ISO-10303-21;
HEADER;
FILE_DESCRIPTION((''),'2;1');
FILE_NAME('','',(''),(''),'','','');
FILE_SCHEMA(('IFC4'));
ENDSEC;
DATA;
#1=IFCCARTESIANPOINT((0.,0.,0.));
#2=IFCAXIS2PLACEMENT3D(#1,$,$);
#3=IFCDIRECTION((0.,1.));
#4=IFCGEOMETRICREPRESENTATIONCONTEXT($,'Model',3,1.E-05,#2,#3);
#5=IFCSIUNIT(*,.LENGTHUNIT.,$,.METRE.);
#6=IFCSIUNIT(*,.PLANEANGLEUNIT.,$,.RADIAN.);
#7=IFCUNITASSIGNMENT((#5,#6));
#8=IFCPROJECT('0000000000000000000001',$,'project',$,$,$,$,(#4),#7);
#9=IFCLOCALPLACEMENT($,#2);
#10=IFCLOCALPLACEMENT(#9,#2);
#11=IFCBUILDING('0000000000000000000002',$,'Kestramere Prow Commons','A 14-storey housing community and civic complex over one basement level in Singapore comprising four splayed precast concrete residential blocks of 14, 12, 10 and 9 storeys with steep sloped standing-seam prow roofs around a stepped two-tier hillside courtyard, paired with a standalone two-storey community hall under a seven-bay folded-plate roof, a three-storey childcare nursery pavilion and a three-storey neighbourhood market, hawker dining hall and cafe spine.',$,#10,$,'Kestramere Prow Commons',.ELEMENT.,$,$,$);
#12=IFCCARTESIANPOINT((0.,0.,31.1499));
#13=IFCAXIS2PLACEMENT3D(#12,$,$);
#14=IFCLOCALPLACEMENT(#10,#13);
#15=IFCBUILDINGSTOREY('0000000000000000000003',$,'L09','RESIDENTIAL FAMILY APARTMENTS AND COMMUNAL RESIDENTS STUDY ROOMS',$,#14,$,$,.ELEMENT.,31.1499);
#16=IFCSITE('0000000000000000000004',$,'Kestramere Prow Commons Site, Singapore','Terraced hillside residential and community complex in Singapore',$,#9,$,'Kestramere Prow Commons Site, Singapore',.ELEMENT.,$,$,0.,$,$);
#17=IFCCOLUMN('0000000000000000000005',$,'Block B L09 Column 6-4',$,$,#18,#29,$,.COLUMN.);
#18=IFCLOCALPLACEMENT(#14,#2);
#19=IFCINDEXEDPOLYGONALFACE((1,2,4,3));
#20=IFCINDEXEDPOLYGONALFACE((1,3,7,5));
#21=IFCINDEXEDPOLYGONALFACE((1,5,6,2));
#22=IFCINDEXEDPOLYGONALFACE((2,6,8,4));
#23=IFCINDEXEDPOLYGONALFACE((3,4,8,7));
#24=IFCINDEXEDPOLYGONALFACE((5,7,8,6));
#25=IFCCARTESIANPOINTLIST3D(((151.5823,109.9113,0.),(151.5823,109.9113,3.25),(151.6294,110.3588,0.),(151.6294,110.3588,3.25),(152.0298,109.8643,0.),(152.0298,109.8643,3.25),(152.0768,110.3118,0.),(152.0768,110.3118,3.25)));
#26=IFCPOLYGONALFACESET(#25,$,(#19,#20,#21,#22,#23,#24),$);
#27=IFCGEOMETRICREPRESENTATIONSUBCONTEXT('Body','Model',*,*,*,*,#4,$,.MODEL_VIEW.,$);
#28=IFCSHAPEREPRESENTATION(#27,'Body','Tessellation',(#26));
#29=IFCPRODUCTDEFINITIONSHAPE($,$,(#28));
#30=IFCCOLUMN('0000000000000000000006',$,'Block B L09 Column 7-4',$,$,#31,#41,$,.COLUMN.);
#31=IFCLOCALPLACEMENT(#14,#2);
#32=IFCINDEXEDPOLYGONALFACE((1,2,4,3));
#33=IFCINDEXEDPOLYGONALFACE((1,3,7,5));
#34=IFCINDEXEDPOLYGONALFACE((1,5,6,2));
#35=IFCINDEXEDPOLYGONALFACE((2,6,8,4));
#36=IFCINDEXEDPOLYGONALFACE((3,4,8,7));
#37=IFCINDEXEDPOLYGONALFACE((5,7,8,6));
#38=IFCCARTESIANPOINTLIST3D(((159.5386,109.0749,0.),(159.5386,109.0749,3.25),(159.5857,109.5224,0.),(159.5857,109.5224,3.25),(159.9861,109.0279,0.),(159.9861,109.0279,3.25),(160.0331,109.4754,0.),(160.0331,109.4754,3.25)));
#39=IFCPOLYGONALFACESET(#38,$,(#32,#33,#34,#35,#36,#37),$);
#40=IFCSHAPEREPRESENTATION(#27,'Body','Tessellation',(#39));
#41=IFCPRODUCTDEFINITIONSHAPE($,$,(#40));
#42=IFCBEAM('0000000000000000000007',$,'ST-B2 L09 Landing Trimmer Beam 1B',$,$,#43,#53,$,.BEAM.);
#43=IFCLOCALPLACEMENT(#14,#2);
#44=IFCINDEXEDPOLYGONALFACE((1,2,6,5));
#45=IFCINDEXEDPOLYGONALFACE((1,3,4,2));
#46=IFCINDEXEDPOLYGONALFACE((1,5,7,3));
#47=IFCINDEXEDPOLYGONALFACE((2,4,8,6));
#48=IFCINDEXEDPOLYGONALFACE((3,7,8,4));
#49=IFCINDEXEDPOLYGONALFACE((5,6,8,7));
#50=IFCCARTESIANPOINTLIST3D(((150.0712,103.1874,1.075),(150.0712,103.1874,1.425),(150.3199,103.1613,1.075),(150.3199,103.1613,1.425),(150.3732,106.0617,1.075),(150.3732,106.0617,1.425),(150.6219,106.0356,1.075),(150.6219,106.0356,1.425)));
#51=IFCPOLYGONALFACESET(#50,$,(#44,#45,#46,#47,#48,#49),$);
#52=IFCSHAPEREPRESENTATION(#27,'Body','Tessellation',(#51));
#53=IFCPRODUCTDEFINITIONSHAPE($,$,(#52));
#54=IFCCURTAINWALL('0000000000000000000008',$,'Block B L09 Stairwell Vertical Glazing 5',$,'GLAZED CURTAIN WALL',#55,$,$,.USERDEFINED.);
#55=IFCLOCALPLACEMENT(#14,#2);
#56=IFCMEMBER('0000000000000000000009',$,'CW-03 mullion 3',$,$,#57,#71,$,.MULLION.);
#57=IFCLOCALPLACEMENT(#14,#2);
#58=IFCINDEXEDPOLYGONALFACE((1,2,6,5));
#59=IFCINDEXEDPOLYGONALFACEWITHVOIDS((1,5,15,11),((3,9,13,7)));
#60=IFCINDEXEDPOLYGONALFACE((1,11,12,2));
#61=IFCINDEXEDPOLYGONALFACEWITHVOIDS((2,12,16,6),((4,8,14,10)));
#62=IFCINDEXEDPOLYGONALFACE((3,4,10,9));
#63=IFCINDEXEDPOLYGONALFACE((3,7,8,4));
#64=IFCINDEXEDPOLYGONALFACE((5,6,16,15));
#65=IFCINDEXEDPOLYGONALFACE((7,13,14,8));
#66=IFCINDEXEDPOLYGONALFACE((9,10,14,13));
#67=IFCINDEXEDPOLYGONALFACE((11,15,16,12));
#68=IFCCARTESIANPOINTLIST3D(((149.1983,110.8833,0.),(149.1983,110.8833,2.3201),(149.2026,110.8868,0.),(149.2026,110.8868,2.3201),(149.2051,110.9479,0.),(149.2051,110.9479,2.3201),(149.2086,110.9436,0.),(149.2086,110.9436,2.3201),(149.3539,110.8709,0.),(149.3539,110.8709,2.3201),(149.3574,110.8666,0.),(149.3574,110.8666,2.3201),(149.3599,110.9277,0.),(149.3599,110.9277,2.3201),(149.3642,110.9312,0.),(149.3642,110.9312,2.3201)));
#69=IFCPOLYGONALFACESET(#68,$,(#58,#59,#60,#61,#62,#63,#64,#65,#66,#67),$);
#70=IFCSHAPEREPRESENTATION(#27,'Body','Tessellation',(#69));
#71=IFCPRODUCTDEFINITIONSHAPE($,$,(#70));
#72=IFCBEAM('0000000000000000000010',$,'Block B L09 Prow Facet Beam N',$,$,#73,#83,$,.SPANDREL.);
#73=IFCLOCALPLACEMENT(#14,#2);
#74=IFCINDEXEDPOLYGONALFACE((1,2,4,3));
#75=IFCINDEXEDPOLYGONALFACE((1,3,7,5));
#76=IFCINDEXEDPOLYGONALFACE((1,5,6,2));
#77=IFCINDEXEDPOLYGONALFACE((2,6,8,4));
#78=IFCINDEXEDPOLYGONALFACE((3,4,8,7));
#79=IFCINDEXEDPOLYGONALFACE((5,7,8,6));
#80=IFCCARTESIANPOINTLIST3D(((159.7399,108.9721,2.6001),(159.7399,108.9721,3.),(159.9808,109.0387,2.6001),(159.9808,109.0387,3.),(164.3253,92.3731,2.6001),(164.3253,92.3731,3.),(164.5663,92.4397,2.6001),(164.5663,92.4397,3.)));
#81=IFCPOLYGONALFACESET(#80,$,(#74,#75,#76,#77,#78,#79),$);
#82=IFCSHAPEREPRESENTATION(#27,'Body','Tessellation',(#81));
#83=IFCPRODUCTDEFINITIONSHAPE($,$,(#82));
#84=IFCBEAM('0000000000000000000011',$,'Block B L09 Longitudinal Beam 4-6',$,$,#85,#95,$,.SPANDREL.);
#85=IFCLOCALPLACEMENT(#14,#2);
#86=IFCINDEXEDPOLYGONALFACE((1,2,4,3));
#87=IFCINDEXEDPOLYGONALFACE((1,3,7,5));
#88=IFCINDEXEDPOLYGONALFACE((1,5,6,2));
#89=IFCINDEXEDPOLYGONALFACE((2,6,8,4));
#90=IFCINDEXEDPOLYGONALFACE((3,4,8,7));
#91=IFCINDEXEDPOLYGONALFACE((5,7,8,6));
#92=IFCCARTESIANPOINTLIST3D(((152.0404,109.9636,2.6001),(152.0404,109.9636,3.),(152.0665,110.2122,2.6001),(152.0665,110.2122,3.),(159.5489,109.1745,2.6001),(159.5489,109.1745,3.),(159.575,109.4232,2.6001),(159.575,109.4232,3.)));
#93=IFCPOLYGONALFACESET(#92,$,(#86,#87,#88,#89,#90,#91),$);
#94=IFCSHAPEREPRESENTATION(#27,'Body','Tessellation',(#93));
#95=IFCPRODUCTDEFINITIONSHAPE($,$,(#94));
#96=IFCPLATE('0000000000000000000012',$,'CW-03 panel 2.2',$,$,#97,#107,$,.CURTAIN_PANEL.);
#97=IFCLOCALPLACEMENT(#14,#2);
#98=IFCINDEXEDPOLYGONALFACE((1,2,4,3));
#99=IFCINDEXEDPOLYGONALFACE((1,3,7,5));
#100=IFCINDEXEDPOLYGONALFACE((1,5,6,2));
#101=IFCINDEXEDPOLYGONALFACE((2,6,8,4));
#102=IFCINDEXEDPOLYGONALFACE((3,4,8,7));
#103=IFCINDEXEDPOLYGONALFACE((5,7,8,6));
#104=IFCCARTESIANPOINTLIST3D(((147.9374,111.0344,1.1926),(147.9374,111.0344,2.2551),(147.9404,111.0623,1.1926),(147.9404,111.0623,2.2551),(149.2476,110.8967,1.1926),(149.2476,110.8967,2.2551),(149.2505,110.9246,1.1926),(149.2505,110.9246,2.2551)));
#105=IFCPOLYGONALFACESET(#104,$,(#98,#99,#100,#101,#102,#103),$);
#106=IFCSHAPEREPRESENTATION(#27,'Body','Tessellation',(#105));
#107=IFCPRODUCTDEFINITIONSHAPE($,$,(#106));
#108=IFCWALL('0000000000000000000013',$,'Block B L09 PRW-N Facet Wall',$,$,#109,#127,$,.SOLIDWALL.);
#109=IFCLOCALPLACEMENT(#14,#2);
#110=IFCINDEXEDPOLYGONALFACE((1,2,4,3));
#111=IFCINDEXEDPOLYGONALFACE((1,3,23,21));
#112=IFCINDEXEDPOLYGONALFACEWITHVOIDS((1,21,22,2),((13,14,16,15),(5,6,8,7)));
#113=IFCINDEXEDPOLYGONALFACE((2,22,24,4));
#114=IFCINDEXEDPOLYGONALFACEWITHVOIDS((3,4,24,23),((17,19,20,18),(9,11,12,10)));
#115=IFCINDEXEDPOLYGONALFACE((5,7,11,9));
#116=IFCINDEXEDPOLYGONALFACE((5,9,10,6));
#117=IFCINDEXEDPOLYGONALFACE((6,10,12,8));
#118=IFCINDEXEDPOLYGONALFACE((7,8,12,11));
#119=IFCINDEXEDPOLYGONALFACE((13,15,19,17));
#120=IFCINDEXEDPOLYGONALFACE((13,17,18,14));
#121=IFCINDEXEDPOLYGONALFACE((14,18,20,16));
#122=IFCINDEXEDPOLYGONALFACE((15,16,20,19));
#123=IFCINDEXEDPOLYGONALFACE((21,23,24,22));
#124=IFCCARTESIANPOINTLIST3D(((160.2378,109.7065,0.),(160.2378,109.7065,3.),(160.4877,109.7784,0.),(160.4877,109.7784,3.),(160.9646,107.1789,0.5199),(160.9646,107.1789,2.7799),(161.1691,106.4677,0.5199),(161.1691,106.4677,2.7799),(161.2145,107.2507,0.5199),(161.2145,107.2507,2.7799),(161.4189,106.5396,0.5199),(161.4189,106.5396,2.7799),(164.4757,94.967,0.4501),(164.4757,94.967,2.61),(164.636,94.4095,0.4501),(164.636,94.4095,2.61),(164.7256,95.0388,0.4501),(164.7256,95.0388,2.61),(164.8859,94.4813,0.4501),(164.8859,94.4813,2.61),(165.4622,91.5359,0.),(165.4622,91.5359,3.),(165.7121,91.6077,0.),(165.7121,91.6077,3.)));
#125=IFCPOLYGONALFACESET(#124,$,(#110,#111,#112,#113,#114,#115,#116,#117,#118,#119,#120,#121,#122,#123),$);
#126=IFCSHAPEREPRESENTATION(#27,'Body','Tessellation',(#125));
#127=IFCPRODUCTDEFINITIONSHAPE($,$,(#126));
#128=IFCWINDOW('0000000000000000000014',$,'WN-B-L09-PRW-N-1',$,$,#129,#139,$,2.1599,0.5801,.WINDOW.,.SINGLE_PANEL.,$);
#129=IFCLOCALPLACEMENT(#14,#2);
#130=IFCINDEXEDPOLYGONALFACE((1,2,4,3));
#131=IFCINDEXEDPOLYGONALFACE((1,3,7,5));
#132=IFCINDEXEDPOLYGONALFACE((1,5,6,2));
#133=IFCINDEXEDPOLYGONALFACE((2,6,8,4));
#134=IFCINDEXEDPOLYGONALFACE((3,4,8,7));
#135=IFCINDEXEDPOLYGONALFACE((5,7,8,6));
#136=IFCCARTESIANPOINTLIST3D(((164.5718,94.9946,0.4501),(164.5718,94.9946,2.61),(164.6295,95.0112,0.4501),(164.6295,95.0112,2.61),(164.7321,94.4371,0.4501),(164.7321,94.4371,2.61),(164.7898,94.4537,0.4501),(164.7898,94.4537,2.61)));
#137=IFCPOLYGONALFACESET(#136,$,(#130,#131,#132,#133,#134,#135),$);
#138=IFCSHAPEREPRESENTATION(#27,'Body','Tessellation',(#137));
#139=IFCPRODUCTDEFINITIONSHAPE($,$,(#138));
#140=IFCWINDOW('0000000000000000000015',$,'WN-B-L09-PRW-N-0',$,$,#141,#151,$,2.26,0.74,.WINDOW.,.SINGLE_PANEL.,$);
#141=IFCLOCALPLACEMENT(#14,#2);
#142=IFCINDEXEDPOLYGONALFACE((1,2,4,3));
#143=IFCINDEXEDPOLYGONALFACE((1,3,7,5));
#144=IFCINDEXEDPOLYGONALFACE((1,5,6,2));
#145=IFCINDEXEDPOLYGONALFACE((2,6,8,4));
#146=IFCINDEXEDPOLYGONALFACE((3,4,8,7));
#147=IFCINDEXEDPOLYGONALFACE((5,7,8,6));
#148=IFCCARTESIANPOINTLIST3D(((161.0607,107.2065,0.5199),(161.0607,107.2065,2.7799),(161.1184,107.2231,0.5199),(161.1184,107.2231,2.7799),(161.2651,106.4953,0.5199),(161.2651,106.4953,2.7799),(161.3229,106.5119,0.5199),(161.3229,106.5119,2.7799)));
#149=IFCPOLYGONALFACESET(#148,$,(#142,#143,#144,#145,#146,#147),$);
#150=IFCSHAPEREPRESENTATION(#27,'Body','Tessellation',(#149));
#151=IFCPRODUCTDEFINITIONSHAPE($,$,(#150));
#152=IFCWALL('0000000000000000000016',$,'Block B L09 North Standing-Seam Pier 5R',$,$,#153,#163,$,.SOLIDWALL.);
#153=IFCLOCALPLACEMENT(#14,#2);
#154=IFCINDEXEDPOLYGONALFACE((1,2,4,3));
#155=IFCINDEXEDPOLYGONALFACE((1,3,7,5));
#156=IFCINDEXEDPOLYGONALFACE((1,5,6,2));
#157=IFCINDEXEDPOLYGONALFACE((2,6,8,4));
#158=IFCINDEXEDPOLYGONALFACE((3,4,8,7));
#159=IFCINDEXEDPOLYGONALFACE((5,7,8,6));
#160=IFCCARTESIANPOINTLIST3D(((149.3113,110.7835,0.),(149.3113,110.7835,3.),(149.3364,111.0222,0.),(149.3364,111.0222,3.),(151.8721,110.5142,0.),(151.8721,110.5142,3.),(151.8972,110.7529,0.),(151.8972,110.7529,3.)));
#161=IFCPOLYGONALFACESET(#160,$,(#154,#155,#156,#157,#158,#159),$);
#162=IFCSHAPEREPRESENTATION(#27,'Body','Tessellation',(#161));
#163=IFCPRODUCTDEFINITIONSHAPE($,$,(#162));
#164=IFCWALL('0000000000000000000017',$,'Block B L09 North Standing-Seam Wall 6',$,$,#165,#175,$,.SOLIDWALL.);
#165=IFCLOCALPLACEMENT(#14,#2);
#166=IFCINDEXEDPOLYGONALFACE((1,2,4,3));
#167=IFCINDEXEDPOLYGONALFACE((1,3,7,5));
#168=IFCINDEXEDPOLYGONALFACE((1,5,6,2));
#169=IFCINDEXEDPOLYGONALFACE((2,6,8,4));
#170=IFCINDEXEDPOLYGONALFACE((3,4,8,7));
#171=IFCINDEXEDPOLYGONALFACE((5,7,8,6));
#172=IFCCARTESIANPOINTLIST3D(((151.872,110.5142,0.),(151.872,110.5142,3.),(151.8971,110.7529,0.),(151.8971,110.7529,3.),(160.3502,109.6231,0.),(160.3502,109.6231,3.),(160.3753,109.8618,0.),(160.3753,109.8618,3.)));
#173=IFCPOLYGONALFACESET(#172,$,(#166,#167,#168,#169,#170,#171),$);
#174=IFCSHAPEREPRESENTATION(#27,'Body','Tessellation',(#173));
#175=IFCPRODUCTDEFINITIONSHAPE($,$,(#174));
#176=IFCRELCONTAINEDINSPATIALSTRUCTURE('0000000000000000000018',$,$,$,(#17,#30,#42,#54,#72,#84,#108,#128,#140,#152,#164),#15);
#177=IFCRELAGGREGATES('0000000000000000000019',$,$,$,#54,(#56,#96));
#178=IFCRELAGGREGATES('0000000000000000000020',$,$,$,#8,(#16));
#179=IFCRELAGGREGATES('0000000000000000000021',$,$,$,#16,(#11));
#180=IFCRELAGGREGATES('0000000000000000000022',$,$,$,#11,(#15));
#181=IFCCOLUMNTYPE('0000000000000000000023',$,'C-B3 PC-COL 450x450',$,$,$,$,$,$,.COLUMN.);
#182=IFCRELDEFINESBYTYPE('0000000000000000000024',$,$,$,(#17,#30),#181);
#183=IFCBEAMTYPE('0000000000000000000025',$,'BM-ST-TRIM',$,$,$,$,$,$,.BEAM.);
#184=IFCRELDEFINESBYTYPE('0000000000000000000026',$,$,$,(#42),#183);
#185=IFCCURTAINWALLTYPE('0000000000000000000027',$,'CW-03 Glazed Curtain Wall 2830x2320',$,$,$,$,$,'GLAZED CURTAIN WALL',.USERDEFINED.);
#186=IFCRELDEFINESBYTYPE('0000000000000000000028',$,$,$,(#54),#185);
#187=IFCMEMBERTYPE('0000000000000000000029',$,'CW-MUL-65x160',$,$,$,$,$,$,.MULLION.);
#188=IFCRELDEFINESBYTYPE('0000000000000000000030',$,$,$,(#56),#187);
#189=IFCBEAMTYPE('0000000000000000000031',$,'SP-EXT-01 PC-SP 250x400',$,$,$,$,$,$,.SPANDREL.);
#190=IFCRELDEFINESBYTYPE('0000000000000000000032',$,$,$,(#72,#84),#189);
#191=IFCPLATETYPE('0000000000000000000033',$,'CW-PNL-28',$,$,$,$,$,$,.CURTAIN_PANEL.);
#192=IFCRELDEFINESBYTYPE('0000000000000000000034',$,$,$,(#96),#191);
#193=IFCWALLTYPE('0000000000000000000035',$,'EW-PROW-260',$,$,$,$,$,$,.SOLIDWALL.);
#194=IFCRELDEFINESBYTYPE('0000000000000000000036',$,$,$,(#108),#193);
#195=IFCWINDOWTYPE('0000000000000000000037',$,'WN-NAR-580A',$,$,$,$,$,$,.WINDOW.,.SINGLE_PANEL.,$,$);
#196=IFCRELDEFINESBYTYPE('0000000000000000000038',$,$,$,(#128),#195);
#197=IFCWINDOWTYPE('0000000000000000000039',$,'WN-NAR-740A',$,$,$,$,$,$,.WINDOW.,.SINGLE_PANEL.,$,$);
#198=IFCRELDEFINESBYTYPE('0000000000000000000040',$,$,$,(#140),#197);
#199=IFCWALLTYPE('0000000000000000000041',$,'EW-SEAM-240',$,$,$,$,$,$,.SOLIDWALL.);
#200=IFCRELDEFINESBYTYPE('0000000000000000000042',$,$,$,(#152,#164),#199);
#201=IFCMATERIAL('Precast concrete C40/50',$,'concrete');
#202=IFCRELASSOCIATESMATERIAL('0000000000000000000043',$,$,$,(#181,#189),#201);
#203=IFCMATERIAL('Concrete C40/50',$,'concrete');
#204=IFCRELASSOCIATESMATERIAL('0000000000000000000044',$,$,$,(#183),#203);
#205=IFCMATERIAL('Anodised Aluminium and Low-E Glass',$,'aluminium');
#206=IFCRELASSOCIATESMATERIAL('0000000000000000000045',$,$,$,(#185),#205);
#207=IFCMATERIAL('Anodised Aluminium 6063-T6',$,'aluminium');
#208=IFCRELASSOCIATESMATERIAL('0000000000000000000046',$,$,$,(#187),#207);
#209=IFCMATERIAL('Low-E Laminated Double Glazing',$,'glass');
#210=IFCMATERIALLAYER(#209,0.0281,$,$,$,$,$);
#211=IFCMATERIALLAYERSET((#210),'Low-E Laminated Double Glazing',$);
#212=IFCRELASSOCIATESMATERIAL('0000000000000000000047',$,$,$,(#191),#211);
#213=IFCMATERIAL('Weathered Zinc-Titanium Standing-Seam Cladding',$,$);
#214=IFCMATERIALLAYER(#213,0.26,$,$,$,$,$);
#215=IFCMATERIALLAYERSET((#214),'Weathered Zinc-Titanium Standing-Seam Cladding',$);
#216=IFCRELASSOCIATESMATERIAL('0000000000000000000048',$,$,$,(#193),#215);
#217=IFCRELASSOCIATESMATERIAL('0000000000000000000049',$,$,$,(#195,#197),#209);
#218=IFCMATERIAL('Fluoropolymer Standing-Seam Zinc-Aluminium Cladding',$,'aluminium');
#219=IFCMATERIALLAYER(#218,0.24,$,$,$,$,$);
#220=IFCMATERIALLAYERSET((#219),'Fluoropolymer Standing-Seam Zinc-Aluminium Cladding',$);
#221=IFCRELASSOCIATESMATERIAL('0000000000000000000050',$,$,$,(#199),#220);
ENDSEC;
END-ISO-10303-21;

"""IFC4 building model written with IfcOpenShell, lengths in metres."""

from ifc_helpers import new_model, si_unit, direction, frame, frame_2d, origin, origin_2d, place, context, subcontext, project, spatial, rectangle, hollow_rectangle, extrude, material, layer, layer_set, material_profile, profile_set, type_object, element, fill, aggregate, save


model = new_model("IFC4")

# Units and contexts
model_context = context("Model", 3, precision=1e-05, world=origin(), true_north=direction((0.0, 1.0)))
body_context = subcontext(model_context, "Body", "Model", "MODEL_VIEW")
ifc_project = project(units=[si_unit("LENGTHUNIT", "METRE"), si_unit("PLANEANGLEUNIT", "RADIAN")], contexts=[model_context])

# Site, building, storey
site_placement = place(None, origin())
site = spatial("IfcSite", under=ifc_project, at=site_placement, Name="Kestramere Prow Commons Site, Singapore", Description="Terraced hillside residential and community complex in Singapore", LongName="Kestramere Prow Commons Site, Singapore", CompositionType="ELEMENT", RefElevation=0.0)
building_placement = place(site_placement, origin())
building = spatial("IfcBuilding", under=site, at=building_placement, Name="Kestramere Prow Commons", Description="A 14-storey housing community and civic complex over one basement level in Singapore comprising four splayed precast concrete residential blocks of 14, 12, 10 and 9 storeys with steep sloped standing-seam prow roofs around a stepped two-tier hillside courtyard, paired with a standalone two-storey community hall under a seven-bay folded-plate roof, a three-storey childcare nursery pavilion and a three-storey neighbourhood market, hawker dining hall and cafe spine.", LongName="Kestramere Prow Commons", CompositionType="ELEMENT")
storey_placement = place(building_placement, frame((0.0, 0.0, 31.1499)))
storey = spatial("IfcBuildingStorey", under=building, at=storey_placement, Name="L09", Description="RESIDENTIAL FAMILY APARTMENTS AND COMMUNAL RESIDENTS STUDY ROOMS", CompositionType="ELEMENT", Elevation=31.1499)

# Columns
ifc_material_1 = material(Name="Precast concrete C40/50", Category="concrete")
ifc_material_profile_1 = material_profile(ifc_material_1, rectangle(XDim=0.45, YDim=0.45, at=origin_2d()), Name="PC-COL 450x450")
ifc_profile_set_1 = profile_set([ifc_material_profile_1], Name="Precast concrete C40/50")
column_type = type_object("IfcColumnType", Name="C-B3 PC-COL 450x450", PredefinedType="COLUMN", material=ifc_profile_set_1)
for number, where, z_axis, x_axis, name in (
    (1, (151.8296, 110.1116, 0.0), (0.0, 0.0, 1.0), (0.994522, -0.104528, 0.0), "Block B L09 Column 6-4"),
    (2, (159.7859, 109.2751, 0.0), (0.0, 0.0, 1.0), (0.994522, -0.104528, 0.0), "Block B L09 Column 7-4"),
):
    element("IfcColumn", number, at=place(storey_placement, frame(where, z_axis=z_axis, x_axis=x_axis)), inside=storey, type_object=column_type, Name=name, PredefinedType="COLUMN", context=body_context, shape_type="SweptSolid", body=[
        extrude(rectangle(XDim=0.45, YDim=0.45, at=origin_2d()), origin(), (0.0, 0.0, 1.0), 3.25),
    ])

# Beam
ifc_material_2 = material(Name="Concrete C40/50", Category="concrete")
ifc_material_profile_2 = material_profile(ifc_material_2, rectangle(XDim=0.25, YDim=0.3501, at=origin_2d()), Name="PC-BM 250x350")
ifc_profile_set_2 = profile_set([ifc_material_profile_2], Name="Concrete C40/50")
beam_type_1 = type_object("IfcBeamType", Name="BM-ST-TRIM", PredefinedType="BEAM", material=ifc_profile_set_2)
beam_1_placement = place(storey_placement, frame((150.1956, 103.1743, 1.25), z_axis=(0.104496, 0.994525, 0.0), x_axis=(-0.994525, 0.104496, 0.0)))
element("IfcBeam", 3, at=beam_1_placement, inside=storey, type_object=beam_type_1, Name="ST-B2 L09 Landing Trimmer Beam 1B", PredefinedType="BEAM", context=body_context, shape_type="SweptSolid", body=[
    extrude(rectangle(XDim=0.25, YDim=0.3501, at=origin_2d()), origin(), (0.0, 0.0, 1.0), 2.8901),
])

# Curtain wall, member
ifc_material_3 = material(Name="Anodised Aluminium and Low-E Glass", Category="aluminium")
curtain_wall_type = type_object("IfcCurtainWallType", Name="CW-03 Glazed Curtain Wall 2830x2320", ElementType="GLAZED CURTAIN WALL", PredefinedType="USERDEFINED", material=ifc_material_3)
curtain_wall_placement = place(storey_placement, origin())
curtain_wall = element("IfcCurtainWall", 4, at=curtain_wall_placement, inside=storey, type_object=curtain_wall_type, Name="Block B L09 Stairwell Vertical Glazing 5", ObjectType="GLAZED CURTAIN WALL", PredefinedType="USERDEFINED")
ifc_material_4 = material(Name="Anodised Aluminium 6063-T6", Category="aluminium")
ifc_material_profile_3 = material_profile(ifc_material_4, hollow_rectangle(XDim=0.0649, YDim=0.1599, WallThickness=0.0039, at=origin_2d()), Name="ALU-MUL 65x160")
ifc_profile_set_3 = profile_set([ifc_material_profile_3], Name="Anodised Aluminium 6063-T6")
member_type = type_object("IfcMemberType", Name="CW-MUL-65x160", PredefinedType="MULLION", material=ifc_profile_set_3)
member_placement = place(storey_placement, frame((149.2812, 110.9072, 0.0), z_axis=(0.0, 0.0, 1.0), x_axis=(0.104528, 0.994522, 0.0)))
member = element("IfcMember", 5, at=member_placement, type_object=member_type, Name="CW-03 mullion 3", PredefinedType="MULLION", context=body_context, shape_type="SweptSolid", body=[
    extrude(hollow_rectangle(XDim=0.0649, YDim=0.1599, WallThickness=0.0039, at=origin_2d()), origin(), (0.0, 0.0, 1.0), 2.3201),
])

# Beams
ifc_material_profile_4 = material_profile(ifc_material_1, rectangle(XDim=0.25, YDim=0.3999, at=origin_2d()), Name="PC-SP 250x400")
ifc_profile_set_4 = profile_set([ifc_material_profile_4], Name="Precast concrete C40/50")
beam_type_2 = type_object("IfcBeamType", Name="SP-EXT-01 PC-SP 250x400", PredefinedType="SPANDREL", material=ifc_profile_set_4)
beam_2_placement = place(storey_placement, frame((159.8604, 109.0054, 2.8), z_axis=(0.266277, -0.963897, 0.0), x_axis=(0.963897, 0.266277, 0.0)))
element("IfcBeam", 6, at=beam_2_placement, inside=storey, type_object=beam_type_2, Name="Block B L09 Prow Facet Beam N", PredefinedType="SPANDREL", context=body_context, shape_type="SweptSolid", body=[
    extrude(rectangle(XDim=0.25, YDim=0.3999, at=origin_2d()), origin(), (0.0, 0.0, 1.0), 17.2207),
])
beam_3_placement = place(storey_placement, frame((152.0535, 110.0879, 2.8), z_axis=(0.994524, -0.104513, 0.0), x_axis=(0.104513, 0.994524, 0.0)))
element("IfcBeam", 7, at=beam_3_placement, inside=storey, type_object=beam_type_2, Name="Block B L09 Longitudinal Beam 4-6", PredefinedType="SPANDREL", context=body_context, shape_type="SweptSolid", body=[
    extrude(rectangle(XDim=0.25, YDim=0.3999, at=origin_2d()), origin(), (0.0, 0.0, 1.0), 7.5498),
])

# Plate
ifc_material_5 = material(Name="Low-E Laminated Double Glazing", Category="glass")
ifc_layer_1 = layer(ifc_material_5, 0.0281)
ifc_layer_set_1 = layer_set([ifc_layer_1], Name="Low-E Laminated Double Glazing")
plate_type = type_object("IfcPlateType", Name="CW-PNL-28", PredefinedType="CURTAIN_PANEL", material=ifc_layer_set_1)
plate_placement = place(storey_placement, frame((148.594, 110.9795, 1.1926), z_axis=(0.0, 0.0, 1.0), x_axis=(0.994522, -0.104528, 0.0)))
plate = element("IfcPlate", 8, at=plate_placement, type_object=plate_type, Name="CW-03 panel 2.2", PredefinedType="CURTAIN_PANEL", context=body_context, shape_type="SweptSolid", body=[
    extrude(rectangle(XDim=1.3174, YDim=0.0281, at=origin_2d()), origin(), (0.0, 0.0, 1.0), 1.0625),
])
aggregate(curtain_wall, [member, plate])

# Wall, openings, windows
ifc_material_6 = material(Name="Weathered Zinc-Titanium Standing-Seam Cladding")
ifc_layer_2 = layer(ifc_material_6, 0.26)
ifc_layer_set_2 = layer_set([ifc_layer_2], Name="Weathered Zinc-Titanium Standing-Seam Cladding")
wall_type_1 = type_object("IfcWallType", Name="EW-PROW-260", PredefinedType="SOLIDWALL", material=ifc_layer_set_2)
wall_1_placement = place(storey_placement, frame((160.3628, 109.7424, 0.0), z_axis=(0.0, 0.0, 1.0), x_axis=(0.276322, -0.961065, 0.0)))
wall_1 = element("IfcWall", 9, at=wall_1_placement, inside=storey, type_object=wall_type_1, Name="Block B L09 PRW-N Facet Wall", PredefinedType="SOLIDWALL", context=body_context, shape_type="SweptSolid", body=[
    extrude(rectangle(XDim=18.9067, YDim=0.26, at=frame_2d((9.4534, 0.0))), origin(), (0.0, 0.0, 1.0), 3.0),
])
opening_1_placement = place(wall_1_placement, frame((2.6299, 0.0, 0.52)))
opening_1 = element("IfcOpeningElement", 10, at=opening_1_placement, cuts=wall_1, PredefinedType="OPENING", context=body_context, shape_type="SweptSolid", body=[
    extrude(rectangle(XDim=0.74, YDim=2.26, at=frame_2d((0.3701, 1.1299))), frame((0.0, 0.145, 0.0), z_axis=(0.0, -1.0, 0.0), x_axis=(1.0, 0.0, 0.0)), (0.0, 0.0, 1.0), 0.29),
])
opening_2_placement = place(wall_1_placement, frame((15.3367, 0.0, 0.45)))
opening_2 = element("IfcOpeningElement", 11, at=opening_2_placement, cuts=wall_1, PredefinedType="OPENING", context=body_context, shape_type="SweptSolid", body=[
    extrude(rectangle(XDim=0.5801, YDim=2.1599, at=frame_2d((0.29, 1.0801))), frame((0.0, 0.145, 0.0), z_axis=(0.0, -1.0, 0.0), x_axis=(1.0, 0.0, 0.0)), (0.0, 0.0, 1.0), 0.29),
])
window_type_1 = type_object("IfcWindowType", Name="WN-NAR-580A", PartitioningType="SINGLE_PANEL", PredefinedType="WINDOW", material=ifc_material_5)
window_1_placement = place(opening_2_placement, origin())
window_1 = element("IfcWindow", 12, at=window_1_placement, inside=storey, type_object=window_type_1, Name="WN-B-L09-PRW-N-1", OverallHeight=2.1599, OverallWidth=0.5801, PartitioningType="SINGLE_PANEL", PredefinedType="WINDOW", context=body_context, shape_type="SweptSolid", body=[
    extrude(rectangle(XDim=0.5801, YDim=2.1599, at=frame_2d((0.29, 1.0801))), frame((0.0, 0.03, 0.0), z_axis=(0.0, -1.0, 0.0), x_axis=(1.0, 0.0, 0.0)), (0.0, 0.0, 1.0), 0.0601),
])
fill(opening_2, window_1)
window_type_2 = type_object("IfcWindowType", Name="WN-NAR-740A", PartitioningType="SINGLE_PANEL", PredefinedType="WINDOW", material=ifc_material_5)
window_2_placement = place(opening_1_placement, origin())
window_2 = element("IfcWindow", 13, at=window_2_placement, inside=storey, type_object=window_type_2, Name="WN-B-L09-PRW-N-0", OverallHeight=2.26, OverallWidth=0.74, PartitioningType="SINGLE_PANEL", PredefinedType="WINDOW", context=body_context, shape_type="SweptSolid", body=[
    extrude(rectangle(XDim=0.74, YDim=2.26, at=frame_2d((0.3701, 1.1299))), frame((0.0, 0.03, 0.0), z_axis=(0.0, -1.0, 0.0), x_axis=(1.0, 0.0, 0.0)), (0.0, 0.0, 1.0), 0.0601),
])
fill(opening_1, window_2)

# Walls
ifc_material_7 = material(Name="Fluoropolymer Standing-Seam Zinc-Aluminium Cladding", Category="aluminium")
ifc_layer_3 = layer(ifc_material_7, 0.24)
ifc_layer_set_3 = layer_set([ifc_layer_3], Name="Fluoropolymer Standing-Seam Zinc-Aluminium Cladding")
wall_type_2 = type_object("IfcWallType", Name="EW-SEAM-240", PredefinedType="SOLIDWALL", material=ifc_layer_set_3)
wall_2_placement = place(storey_placement, frame((149.3237, 110.9028, 0.0), z_axis=(0.0, 0.0, 1.0), x_axis=(0.994516, -0.104581, 0.0)))
element("IfcWall", 14, at=wall_2_placement, inside=storey, type_object=wall_type_2, Name="Block B L09 North Standing-Seam Pier 5R", PredefinedType="SOLIDWALL", context=body_context, shape_type="SweptSolid", body=[
    extrude(rectangle(XDim=2.575, YDim=0.24, at=frame_2d((1.2876, 0.0))), origin(), (0.0, 0.0, 1.0), 3.0),
])
wall_3_placement = place(storey_placement, frame((151.8845, 110.6335, 0.0), z_axis=(0.0, 0.0, 1.0), x_axis=(0.994522, -0.10453, 0.0)))
element("IfcWall", 15, at=wall_3_placement, inside=storey, type_object=wall_type_2, Name="Block B L09 North Standing-Seam Wall 6", PredefinedType="SOLIDWALL", context=body_context, shape_type="SweptSolid", body=[
    extrude(rectangle(XDim=8.5249, YDim=0.24, at=frame_2d((4.2625, 0.0))), origin(), (0.0, 0.0, 1.0), 3.0),
])

save(model, "model.ifc")
